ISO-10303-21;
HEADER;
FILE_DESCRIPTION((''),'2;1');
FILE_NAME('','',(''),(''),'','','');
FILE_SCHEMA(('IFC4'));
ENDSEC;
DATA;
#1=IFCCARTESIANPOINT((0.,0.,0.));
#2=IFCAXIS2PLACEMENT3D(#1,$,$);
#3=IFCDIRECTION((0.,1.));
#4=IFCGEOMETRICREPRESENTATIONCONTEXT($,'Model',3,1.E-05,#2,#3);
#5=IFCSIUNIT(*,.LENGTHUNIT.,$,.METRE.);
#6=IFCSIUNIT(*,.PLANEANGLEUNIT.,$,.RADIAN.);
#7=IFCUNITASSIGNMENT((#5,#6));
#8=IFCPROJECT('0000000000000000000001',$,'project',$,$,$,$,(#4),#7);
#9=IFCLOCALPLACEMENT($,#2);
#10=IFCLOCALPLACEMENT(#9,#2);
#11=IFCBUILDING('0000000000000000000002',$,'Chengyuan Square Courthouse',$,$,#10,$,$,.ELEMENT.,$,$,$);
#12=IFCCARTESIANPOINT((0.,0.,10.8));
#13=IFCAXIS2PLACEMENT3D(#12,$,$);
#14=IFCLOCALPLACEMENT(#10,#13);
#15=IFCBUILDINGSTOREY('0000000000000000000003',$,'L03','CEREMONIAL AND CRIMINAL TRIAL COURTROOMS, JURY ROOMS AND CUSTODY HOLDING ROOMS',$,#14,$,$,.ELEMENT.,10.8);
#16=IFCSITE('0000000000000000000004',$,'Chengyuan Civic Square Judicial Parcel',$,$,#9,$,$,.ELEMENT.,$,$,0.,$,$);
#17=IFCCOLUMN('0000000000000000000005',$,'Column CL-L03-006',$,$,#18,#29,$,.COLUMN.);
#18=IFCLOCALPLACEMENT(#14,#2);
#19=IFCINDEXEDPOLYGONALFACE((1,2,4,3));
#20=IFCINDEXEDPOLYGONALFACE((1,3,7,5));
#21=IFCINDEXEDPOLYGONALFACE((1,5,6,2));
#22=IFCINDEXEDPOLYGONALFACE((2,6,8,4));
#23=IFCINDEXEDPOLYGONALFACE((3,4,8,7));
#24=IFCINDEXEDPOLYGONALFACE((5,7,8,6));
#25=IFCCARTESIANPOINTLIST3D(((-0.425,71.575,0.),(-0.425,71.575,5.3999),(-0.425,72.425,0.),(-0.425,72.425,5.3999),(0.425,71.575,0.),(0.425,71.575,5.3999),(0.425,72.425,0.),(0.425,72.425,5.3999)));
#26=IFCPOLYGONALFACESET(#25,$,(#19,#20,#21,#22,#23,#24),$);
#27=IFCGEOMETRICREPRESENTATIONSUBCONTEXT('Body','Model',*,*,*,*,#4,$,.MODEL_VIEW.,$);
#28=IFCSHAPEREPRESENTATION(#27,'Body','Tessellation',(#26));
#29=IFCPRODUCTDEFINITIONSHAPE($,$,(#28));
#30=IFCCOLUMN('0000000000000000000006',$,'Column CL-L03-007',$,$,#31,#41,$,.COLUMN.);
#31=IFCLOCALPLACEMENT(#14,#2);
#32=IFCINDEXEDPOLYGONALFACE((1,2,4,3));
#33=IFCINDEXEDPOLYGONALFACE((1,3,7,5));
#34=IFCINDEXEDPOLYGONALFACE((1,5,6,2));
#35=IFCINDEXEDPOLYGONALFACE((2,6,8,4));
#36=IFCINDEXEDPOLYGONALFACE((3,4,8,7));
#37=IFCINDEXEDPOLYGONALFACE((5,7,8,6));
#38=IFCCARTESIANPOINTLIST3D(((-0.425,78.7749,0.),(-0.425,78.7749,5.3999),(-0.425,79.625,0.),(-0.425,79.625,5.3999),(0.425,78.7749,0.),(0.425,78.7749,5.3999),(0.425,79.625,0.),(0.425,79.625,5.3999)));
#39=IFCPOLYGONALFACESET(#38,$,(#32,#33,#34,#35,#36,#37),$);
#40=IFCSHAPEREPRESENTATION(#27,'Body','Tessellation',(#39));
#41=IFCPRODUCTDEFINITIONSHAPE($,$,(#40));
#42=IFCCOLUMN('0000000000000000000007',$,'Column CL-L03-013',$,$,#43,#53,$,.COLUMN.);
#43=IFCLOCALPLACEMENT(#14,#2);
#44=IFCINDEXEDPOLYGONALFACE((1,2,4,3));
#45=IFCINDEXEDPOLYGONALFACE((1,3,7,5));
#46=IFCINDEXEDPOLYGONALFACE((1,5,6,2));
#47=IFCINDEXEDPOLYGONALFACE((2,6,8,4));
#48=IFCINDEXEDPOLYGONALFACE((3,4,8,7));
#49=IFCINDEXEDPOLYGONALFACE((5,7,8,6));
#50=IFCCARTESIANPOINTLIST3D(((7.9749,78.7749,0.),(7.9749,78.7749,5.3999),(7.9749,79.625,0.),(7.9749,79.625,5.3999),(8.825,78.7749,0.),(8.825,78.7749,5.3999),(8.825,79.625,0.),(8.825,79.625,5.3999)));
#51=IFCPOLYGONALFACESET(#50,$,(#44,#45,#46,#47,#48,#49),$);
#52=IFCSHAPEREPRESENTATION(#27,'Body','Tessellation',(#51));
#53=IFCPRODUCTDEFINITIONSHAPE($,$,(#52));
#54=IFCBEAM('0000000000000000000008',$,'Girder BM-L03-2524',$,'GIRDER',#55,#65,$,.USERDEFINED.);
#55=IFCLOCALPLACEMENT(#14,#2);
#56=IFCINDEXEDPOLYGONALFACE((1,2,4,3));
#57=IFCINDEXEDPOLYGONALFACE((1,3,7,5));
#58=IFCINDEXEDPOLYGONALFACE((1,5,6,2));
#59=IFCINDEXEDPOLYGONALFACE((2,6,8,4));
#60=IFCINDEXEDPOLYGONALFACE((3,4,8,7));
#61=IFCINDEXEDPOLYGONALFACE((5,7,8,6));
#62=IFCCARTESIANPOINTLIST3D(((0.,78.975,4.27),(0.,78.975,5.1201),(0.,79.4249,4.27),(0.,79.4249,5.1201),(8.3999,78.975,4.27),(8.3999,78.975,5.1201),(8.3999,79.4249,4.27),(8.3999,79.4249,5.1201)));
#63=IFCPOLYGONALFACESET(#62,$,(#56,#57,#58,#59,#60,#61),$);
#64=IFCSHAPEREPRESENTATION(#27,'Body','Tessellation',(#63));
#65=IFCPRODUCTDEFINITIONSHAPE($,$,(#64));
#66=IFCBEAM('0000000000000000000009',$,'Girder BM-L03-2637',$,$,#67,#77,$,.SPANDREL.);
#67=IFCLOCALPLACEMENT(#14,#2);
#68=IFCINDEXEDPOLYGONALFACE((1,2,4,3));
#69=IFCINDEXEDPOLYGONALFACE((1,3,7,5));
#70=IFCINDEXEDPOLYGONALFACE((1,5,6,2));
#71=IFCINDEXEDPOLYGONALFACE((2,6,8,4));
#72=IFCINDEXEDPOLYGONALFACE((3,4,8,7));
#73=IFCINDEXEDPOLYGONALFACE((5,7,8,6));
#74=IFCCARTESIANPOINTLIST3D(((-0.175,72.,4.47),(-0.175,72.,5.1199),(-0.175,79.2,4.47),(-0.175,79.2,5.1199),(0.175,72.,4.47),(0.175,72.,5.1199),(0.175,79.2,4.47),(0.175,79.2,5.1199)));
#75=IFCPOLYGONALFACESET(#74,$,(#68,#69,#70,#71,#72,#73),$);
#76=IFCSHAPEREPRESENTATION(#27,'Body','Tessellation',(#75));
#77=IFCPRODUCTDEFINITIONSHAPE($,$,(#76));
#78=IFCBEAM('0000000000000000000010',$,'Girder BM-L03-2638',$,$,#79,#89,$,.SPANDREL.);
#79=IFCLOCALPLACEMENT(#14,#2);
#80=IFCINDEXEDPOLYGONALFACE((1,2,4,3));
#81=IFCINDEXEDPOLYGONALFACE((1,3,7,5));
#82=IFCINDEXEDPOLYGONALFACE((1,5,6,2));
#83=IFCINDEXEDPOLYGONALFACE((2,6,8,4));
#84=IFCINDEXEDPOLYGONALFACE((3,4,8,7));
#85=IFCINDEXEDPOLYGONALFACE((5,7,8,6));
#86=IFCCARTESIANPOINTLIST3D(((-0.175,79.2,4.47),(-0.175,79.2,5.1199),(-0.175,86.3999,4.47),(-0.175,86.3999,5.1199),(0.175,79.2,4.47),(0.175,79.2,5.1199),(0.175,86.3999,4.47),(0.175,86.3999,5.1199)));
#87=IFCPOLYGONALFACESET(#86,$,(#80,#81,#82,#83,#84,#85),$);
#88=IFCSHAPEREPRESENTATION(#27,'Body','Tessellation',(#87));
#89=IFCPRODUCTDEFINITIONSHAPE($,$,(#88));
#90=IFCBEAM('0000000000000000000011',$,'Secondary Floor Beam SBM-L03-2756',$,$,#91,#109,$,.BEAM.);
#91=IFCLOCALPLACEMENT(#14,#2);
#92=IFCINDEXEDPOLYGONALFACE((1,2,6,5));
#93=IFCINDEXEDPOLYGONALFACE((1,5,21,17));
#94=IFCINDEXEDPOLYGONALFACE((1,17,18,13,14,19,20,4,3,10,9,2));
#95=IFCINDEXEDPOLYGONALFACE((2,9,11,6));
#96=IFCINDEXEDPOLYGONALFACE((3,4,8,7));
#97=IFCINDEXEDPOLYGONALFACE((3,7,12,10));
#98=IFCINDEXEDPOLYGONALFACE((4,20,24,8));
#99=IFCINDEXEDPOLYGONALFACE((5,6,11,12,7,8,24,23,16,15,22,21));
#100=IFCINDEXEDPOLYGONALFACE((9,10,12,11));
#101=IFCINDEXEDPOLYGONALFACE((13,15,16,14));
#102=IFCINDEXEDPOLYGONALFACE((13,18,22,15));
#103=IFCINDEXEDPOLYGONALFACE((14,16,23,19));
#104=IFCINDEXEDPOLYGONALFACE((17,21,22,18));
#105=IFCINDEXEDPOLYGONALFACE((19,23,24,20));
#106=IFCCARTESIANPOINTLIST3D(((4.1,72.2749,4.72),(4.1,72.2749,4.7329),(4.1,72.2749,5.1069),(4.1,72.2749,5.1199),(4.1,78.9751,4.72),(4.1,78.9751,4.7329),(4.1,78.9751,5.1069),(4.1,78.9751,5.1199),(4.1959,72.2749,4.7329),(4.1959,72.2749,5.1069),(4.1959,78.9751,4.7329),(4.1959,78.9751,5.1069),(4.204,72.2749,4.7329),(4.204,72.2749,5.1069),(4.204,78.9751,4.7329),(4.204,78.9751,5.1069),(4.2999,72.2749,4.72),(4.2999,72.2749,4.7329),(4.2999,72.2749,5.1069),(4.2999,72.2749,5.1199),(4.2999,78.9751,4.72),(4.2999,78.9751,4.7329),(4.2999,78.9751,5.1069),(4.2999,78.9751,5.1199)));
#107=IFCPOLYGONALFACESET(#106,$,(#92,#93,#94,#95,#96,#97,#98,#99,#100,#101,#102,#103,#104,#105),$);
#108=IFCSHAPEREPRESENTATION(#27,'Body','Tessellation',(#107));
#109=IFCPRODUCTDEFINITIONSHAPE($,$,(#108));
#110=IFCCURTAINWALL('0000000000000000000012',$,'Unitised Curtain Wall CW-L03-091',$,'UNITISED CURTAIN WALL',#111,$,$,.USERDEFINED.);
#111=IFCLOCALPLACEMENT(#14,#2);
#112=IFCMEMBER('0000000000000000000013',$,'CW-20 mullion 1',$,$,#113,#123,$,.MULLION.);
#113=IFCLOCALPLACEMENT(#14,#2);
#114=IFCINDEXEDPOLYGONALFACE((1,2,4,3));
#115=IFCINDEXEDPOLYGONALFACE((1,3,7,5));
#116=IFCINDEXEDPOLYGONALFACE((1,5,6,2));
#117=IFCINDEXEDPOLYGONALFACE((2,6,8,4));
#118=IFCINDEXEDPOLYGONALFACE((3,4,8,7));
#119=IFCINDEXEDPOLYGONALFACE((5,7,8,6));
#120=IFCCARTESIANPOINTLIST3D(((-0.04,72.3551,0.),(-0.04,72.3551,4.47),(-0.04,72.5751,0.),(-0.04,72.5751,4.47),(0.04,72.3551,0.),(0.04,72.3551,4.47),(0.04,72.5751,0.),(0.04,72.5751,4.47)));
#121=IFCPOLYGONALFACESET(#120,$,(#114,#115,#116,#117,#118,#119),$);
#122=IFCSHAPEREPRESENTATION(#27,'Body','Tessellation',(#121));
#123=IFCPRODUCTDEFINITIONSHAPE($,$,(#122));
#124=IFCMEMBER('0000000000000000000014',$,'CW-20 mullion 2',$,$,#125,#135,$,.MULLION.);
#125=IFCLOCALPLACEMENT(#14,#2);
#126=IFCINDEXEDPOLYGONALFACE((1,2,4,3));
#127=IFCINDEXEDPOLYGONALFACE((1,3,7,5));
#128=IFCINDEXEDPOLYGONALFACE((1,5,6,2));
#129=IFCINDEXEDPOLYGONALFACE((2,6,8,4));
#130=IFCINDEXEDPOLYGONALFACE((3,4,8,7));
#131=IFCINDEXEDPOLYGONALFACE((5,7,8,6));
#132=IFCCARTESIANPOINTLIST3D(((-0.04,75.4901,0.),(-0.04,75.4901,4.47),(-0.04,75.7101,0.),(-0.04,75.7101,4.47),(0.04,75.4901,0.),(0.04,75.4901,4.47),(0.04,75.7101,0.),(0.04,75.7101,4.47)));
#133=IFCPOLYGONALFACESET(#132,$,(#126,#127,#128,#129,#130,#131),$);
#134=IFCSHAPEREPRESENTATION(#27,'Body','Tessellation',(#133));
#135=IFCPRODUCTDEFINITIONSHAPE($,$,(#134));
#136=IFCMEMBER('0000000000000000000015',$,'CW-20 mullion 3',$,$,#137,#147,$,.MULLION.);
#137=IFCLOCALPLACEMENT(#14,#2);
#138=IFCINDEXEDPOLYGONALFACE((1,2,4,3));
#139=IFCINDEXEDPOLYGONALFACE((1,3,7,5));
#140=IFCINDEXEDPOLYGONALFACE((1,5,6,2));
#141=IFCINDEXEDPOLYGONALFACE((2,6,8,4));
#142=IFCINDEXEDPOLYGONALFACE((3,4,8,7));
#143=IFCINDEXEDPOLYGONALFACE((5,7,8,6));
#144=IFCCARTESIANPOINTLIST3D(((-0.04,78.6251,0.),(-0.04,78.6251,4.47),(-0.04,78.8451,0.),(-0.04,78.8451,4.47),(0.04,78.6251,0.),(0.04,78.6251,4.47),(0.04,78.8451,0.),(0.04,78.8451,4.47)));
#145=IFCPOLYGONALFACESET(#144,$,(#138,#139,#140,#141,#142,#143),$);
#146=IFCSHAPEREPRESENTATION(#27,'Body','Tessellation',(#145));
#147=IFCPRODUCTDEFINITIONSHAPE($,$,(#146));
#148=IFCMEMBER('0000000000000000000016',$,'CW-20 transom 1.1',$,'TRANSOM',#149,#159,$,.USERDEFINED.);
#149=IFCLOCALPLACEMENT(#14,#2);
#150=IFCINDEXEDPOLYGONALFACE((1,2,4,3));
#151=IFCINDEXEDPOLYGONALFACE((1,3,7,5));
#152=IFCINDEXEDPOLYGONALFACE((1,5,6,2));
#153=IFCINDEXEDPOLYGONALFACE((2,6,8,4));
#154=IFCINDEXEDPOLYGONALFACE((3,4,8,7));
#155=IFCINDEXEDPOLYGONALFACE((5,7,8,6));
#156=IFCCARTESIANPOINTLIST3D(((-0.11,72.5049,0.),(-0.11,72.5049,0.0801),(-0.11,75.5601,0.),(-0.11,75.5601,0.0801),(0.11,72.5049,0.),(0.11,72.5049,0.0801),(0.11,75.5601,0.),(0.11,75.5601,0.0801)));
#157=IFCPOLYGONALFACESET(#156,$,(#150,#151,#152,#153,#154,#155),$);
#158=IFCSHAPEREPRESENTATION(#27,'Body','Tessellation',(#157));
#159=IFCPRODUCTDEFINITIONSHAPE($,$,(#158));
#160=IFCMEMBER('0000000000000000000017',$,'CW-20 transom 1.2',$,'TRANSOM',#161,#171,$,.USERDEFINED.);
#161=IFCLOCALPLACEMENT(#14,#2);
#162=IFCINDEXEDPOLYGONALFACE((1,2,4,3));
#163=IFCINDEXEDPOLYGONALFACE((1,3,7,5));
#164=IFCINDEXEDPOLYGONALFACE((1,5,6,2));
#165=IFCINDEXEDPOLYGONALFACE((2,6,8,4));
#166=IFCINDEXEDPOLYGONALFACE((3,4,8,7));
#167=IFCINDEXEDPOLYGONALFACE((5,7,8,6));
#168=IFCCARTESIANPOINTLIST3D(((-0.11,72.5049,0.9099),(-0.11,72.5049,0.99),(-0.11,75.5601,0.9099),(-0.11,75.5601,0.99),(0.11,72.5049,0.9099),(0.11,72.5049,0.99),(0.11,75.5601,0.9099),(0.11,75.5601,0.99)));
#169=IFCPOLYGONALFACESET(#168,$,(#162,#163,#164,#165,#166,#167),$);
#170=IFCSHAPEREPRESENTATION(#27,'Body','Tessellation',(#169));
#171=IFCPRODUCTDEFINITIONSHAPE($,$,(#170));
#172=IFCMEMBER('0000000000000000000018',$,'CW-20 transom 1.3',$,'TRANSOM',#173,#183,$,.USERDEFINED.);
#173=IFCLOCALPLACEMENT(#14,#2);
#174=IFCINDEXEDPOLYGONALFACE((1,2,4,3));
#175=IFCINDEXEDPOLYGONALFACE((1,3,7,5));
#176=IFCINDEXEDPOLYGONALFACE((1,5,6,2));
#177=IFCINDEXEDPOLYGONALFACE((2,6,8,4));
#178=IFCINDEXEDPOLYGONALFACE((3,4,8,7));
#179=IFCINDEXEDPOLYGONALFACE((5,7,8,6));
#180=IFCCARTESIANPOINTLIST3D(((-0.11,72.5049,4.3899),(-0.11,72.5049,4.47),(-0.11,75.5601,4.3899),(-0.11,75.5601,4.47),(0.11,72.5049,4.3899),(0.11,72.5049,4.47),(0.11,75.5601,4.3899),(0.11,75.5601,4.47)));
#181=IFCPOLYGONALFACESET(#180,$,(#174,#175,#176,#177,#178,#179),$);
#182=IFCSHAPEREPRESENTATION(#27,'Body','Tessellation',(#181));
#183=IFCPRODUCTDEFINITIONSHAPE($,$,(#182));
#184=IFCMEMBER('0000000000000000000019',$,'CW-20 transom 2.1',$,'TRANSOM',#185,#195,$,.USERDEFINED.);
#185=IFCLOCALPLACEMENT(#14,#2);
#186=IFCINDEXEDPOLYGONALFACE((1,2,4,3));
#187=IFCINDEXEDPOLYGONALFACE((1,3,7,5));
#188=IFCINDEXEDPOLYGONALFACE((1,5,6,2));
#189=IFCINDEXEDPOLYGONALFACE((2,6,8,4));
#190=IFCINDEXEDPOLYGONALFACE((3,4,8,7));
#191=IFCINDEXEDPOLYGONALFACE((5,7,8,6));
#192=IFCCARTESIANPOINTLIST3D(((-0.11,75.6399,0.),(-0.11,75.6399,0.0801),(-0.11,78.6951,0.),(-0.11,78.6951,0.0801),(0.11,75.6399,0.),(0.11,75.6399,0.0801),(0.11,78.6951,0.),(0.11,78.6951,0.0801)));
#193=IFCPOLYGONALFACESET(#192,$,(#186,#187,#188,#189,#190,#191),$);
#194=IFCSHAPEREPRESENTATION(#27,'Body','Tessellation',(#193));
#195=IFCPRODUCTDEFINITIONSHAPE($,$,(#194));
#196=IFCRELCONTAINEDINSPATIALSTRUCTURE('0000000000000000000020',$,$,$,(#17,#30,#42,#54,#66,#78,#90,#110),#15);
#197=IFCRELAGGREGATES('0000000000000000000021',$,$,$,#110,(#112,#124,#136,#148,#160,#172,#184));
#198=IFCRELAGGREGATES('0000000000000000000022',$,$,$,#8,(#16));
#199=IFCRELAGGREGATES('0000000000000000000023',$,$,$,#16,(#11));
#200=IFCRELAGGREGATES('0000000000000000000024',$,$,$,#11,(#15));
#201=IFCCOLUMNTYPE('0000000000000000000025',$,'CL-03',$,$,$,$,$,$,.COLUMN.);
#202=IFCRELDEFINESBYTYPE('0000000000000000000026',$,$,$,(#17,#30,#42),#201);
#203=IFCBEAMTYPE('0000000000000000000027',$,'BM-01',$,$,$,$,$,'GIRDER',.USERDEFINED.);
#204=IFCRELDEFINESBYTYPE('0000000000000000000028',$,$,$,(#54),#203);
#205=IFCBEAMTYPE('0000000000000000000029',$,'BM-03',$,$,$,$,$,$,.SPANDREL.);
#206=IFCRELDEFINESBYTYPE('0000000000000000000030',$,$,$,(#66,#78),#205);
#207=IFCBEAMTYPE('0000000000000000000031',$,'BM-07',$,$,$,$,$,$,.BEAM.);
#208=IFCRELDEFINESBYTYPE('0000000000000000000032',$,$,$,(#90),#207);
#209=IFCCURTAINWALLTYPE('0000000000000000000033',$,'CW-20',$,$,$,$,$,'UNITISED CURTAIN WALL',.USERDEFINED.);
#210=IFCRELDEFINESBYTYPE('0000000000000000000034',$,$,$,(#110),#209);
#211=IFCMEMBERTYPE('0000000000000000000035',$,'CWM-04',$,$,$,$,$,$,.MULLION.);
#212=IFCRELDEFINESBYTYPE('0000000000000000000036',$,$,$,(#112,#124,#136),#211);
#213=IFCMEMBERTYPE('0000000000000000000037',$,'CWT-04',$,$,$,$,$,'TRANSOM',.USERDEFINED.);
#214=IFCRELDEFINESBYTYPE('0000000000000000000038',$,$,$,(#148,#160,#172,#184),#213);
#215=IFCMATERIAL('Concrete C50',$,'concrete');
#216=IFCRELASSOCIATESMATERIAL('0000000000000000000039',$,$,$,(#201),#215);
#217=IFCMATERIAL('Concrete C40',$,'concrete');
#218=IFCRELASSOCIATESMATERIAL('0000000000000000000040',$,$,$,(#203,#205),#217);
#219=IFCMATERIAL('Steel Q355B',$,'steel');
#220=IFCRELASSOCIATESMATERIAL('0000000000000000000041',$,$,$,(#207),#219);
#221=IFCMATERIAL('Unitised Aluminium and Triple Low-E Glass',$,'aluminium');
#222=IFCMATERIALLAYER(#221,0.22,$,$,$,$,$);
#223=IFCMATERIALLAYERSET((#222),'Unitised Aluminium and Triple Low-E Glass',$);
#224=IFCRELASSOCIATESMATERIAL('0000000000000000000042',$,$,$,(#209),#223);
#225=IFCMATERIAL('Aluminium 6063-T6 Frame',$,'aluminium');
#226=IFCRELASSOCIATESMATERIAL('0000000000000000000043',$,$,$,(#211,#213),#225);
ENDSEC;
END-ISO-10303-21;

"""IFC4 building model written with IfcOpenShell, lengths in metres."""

from ifc_helpers import new_model, si_unit, direction, frame, origin, origin_2d, place, context, subcontext, project, spatial, rectangle, i_section, extrude, material, layer, layer_set, material_profile, profile_set, type_object, element, aggregate, save


model = new_model("IFC4")

# Units and contexts
model_context = context("Model", 3, precision=1e-05, world=origin(), true_north=direction((0.0, 1.0)))
body_context = subcontext(model_context, "Body", "Model", "MODEL_VIEW")
ifc_project = project(units=[si_unit("LENGTHUNIT", "METRE"), si_unit("PLANEANGLEUNIT", "RADIAN")], contexts=[model_context])

# Site, building, storey
site_placement = place(None, origin())
site = spatial("IfcSite", under=ifc_project, at=site_placement, Name="Chengyuan Civic Square Judicial Parcel", CompositionType="ELEMENT", RefElevation=0.0)
building_placement = place(site_placement, origin())
building = spatial("IfcBuilding", under=site, at=building_placement, Name="Chengyuan Square Courthouse", CompositionType="ELEMENT")
storey_placement = place(building_placement, frame((0.0, 0.0, 10.8)))
storey = spatial("IfcBuildingStorey", under=building, at=storey_placement, Name="L03", Description="CEREMONIAL AND CRIMINAL TRIAL COURTROOMS, JURY ROOMS AND CUSTODY HOLDING ROOMS", CompositionType="ELEMENT", Elevation=10.8)

# Columns
ifc_material_1 = material(Name="Concrete C50", Category="concrete")
ifc_material_profile_1 = material_profile(ifc_material_1, rectangle(XDim=0.8501, YDim=0.8501, at=origin_2d()), Name="RC-COL-850x850")
ifc_profile_set_1 = profile_set([ifc_material_profile_1], Name="Concrete C50")
column_type = type_object("IfcColumnType", Name="CL-03", PredefinedType="COLUMN", material=ifc_profile_set_1)
for number, where, z_axis, x_axis, name in (
    (1, (0.0, 72.0, 0.0), (0.0, 0.0, 1.0), (1.0, 0.0, 0.0), "Column CL-L03-006"),
    (2, (0.0, 79.2, 0.0), (0.0, 0.0, 1.0), (1.0, 0.0, 0.0), "Column CL-L03-007"),
    (3, (8.3999, 79.2, 0.0), (0.0, 0.0, 1.0), (1.0, 0.0, 0.0), "Column CL-L03-013"),
):
    element("IfcColumn", number, at=place(storey_placement, frame(where, z_axis=z_axis, x_axis=x_axis)), inside=storey, type_object=column_type, Name=name, PredefinedType="COLUMN", context=body_context, shape_type="SweptSolid", body=[
        extrude(rectangle(XDim=0.8501, YDim=0.8501, at=origin_2d()), origin(), (0.0, 0.0, 1.0), 5.3999),
    ])

# Beams
ifc_material_2 = material(Name="Concrete C40", Category="concrete")
ifc_material_profile_2 = material_profile(ifc_material_2, rectangle(XDim=0.45, YDim=0.8501, at=origin_2d()), Name="RC-BM-450x850")
ifc_profile_set_2 = profile_set([ifc_material_profile_2], Name="Concrete C40")
beam_type_1 = type_object("IfcBeamType", Name="BM-01", ElementType="GIRDER", PredefinedType="USERDEFINED", material=ifc_profile_set_2)
beam_1_placement = place(storey_placement, frame((0.0, 79.2, 4.6951), z_axis=(1.0, 0.0, 0.0), x_axis=(0.0, 1.0, 0.0)))
element("IfcBeam", 4, at=beam_1_placement, inside=storey, type_object=beam_type_1, Name="Girder BM-L03-2524", ObjectType="GIRDER", PredefinedType="USERDEFINED", context=body_context, shape_type="SweptSolid", body=[
    extrude(rectangle(XDim=0.45, YDim=0.8501, at=origin_2d()), origin(), (0.0, 0.0, 1.0), 8.3999),
])
ifc_material_profile_3 = material_profile(ifc_material_2, rectangle(XDim=0.3501, YDim=0.6499, at=origin_2d()), Name="RC-BM-350x650")
ifc_profile_set_3 = profile_set([ifc_material_profile_3], Name="Concrete C40")
beam_type_2 = type_object("IfcBeamType", Name="BM-03", PredefinedType="SPANDREL", material=ifc_profile_set_3)
for number, where, z_axis, x_axis, name in (
    (5, (0.0, 72.0, 4.7949), (0.0, 1.0, 0.0), (-1.0, 0.0, 0.0), "Girder BM-L03-2637"),
    (6, (0.0, 79.2, 4.7949), (0.0, 1.0, 0.0), (-1.0, 0.0, 0.0), "Girder BM-L03-2638"),
):
    element("IfcBeam", number, at=place(storey_placement, frame(where, z_axis=z_axis, x_axis=x_axis)), inside=storey, type_object=beam_type_2, Name=name, PredefinedType="SPANDREL", context=body_context, shape_type="SweptSolid", body=[
        extrude(rectangle(XDim=0.3501, YDim=0.6499, at=origin_2d()), origin(), (0.0, 0.0, 1.0), 7.2),
    ])
ifc_material_3 = material(Name="Steel Q355B", Category="steel")
ifc_material_profile_4 = material_profile(ifc_material_3, i_section(OverallWidth=0.2, OverallDepth=0.3999, WebThickness=0.0081, FlangeThickness=0.0129, at=origin_2d()), Name="HN 400x200x8x13")
ifc_profile_set_4 = profile_set([ifc_material_profile_4], Name="Steel Q355B")
beam_type_3 = type_object("IfcBeamType", Name="BM-07", PredefinedType="BEAM", material=ifc_profile_set_4)
beam_2_placement = place(storey_placement, frame((4.2, 72.2749, 4.9199), z_axis=(0.0, 1.0, 0.0), x_axis=(-1.0, 0.0, 0.0)))
element("IfcBeam", 7, at=beam_2_placement, inside=storey, type_object=beam_type_3, Name="Secondary Floor Beam SBM-L03-2756", PredefinedType="BEAM", context=body_context, shape_type="SweptSolid", body=[
    extrude(i_section(OverallWidth=0.2, OverallDepth=0.3999, WebThickness=0.0081, FlangeThickness=0.0129, at=origin_2d()), origin(), (0.0, 0.0, 1.0), 6.7002),
])

# Curtain wall, members
ifc_material_4 = material(Name="Unitised Aluminium and Triple Low-E Glass", Category="aluminium")
ifc_layer_1 = layer(ifc_material_4, 0.22)
ifc_layer_set_1 = layer_set([ifc_layer_1], Name="Unitised Aluminium and Triple Low-E Glass")
curtain_wall_type = type_object("IfcCurtainWallType", Name="CW-20", ElementType="UNITISED CURTAIN WALL", PredefinedType="USERDEFINED", material=ifc_layer_set_1)
curtain_wall_placement = place(storey_placement, origin())
curtain_wall = element("IfcCurtainWall", 8, at=curtain_wall_placement, inside=storey, type_object=curtain_wall_type, Name="Unitised Curtain Wall CW-L03-091", ObjectType="UNITISED CURTAIN WALL", PredefinedType="USERDEFINED")
ifc_material_5 = material(Name="Aluminium 6063-T6 Frame", Category="aluminium")
ifc_material_profile_5 = material_profile(ifc_material_5, rectangle(XDim=0.0801, YDim=0.22, at=origin_2d()), Name="CW-MUL-80x220")
ifc_profile_set_5 = profile_set([ifc_material_profile_5], Name="Aluminium 6063-T6 Frame")
member_type_1 = type_object("IfcMemberType", Name="CWM-04", PredefinedType="MULLION", material=ifc_profile_set_5)
member_1_placement = place(storey_placement, frame((0.0, 72.4651, 0.0), z_axis=(0.0, 0.0, 1.0), x_axis=(-1.0, 0.0, 0.0)))
member_1 = element("IfcMember", 9, at=member_1_placement, type_object=member_type_1, Name="CW-20 mullion 1", PredefinedType="MULLION", context=body_context, shape_type="SweptSolid", body=[
    extrude(rectangle(XDim=0.0801, YDim=0.22, at=origin_2d()), origin(), (0.0, 0.0, 1.0), 4.47),
])
member_2_placement = place(storey_placement, frame((0.0, 75.6001, 0.0), z_axis=(0.0, 0.0, 1.0), x_axis=(-1.0, 0.0, 0.0)))
member_2 = element("IfcMember", 10, at=member_2_placement, type_object=member_type_1, Name="CW-20 mullion 2", PredefinedType="MULLION", context=body_context, shape_type="SweptSolid", body=[
    extrude(rectangle(XDim=0.0801, YDim=0.22, at=origin_2d()), origin(), (0.0, 0.0, 1.0), 4.47),
])
member_3_placement = place(storey_placement, frame((0.0, 78.7351, 0.0), z_axis=(0.0, 0.0, 1.0), x_axis=(-1.0, 0.0, 0.0)))
member_3 = element("IfcMember", 11, at=member_3_placement, type_object=member_type_1, Name="CW-20 mullion 3", PredefinedType="MULLION", context=body_context, shape_type="SweptSolid", body=[
    extrude(rectangle(XDim=0.0801, YDim=0.22, at=origin_2d()), origin(), (0.0, 0.0, 1.0), 4.47),
])
ifc_material_profile_6 = material_profile(ifc_material_5, rectangle(XDim=0.22, YDim=0.0801, at=origin_2d()), Name="CW-TRN-80x180")
ifc_profile_set_6 = profile_set([ifc_material_profile_6], Name="Aluminium 6063-T6 Frame")
member_type_2 = type_object("IfcMemberType", Name="CWT-04", ElementType="TRANSOM", PredefinedType="USERDEFINED", material=ifc_profile_set_6)
member_4_placement = place(storey_placement, frame((0.0, 72.5049, 0.04), z_axis=(0.0, 1.0, 0.0), x_axis=(-1.0, 0.0, 0.0)))
member_4 = element("IfcMember", 12, at=member_4_placement, type_object=member_type_2, Name="CW-20 transom 1.1", ObjectType="TRANSOM", PredefinedType="USERDEFINED", context=body_context, shape_type="SweptSolid", body=[
    extrude(rectangle(XDim=0.22, YDim=0.0801, at=origin_2d()), origin(), (0.0, 0.0, 1.0), 3.0552),
])
member_5_placement = place(storey_placement, frame((0.0, 72.5049, 0.95), z_axis=(0.0, 1.0, 0.0), x_axis=(-1.0, 0.0, 0.0)))
member_5 = element("IfcMember", 13, at=member_5_placement, type_object=member_type_2, Name="CW-20 transom 1.2", ObjectType="TRANSOM", PredefinedType="USERDEFINED", context=body_context, shape_type="SweptSolid", body=[
    extrude(rectangle(XDim=0.22, YDim=0.0801, at=origin_2d()), origin(), (0.0, 0.0, 1.0), 3.0552),
])
member_6_placement = place(storey_placement, frame((0.0, 72.5049, 4.4299), z_axis=(0.0, 1.0, 0.0), x_axis=(-1.0, 0.0, 0.0)))
member_6 = element("IfcMember", 14, at=member_6_placement, type_object=member_type_2, Name="CW-20 transom 1.3", ObjectType="TRANSOM", PredefinedType="USERDEFINED", context=body_context, shape_type="SweptSolid", body=[
    extrude(rectangle(XDim=0.22, YDim=0.0801, at=origin_2d()), origin(), (0.0, 0.0, 1.0), 3.0552),
])
member_7_placement = place(storey_placement, frame((0.0, 75.6399, 0.04), z_axis=(0.0, 1.0, 0.0), x_axis=(-1.0, 0.0, 0.0)))
member_7 = element("IfcMember", 15, at=member_7_placement, type_object=member_type_2, Name="CW-20 transom 2.1", ObjectType="TRANSOM", PredefinedType="USERDEFINED", context=body_context, shape_type="SweptSolid", body=[
    extrude(rectangle(XDim=0.22, YDim=0.0801, at=origin_2d()), origin(), (0.0, 0.0, 1.0), 3.0552),
])

aggregate(curtain_wall, [member_1, member_2, member_3, member_4, member_5, member_6, member_7])

save(model, "model.ifc")
